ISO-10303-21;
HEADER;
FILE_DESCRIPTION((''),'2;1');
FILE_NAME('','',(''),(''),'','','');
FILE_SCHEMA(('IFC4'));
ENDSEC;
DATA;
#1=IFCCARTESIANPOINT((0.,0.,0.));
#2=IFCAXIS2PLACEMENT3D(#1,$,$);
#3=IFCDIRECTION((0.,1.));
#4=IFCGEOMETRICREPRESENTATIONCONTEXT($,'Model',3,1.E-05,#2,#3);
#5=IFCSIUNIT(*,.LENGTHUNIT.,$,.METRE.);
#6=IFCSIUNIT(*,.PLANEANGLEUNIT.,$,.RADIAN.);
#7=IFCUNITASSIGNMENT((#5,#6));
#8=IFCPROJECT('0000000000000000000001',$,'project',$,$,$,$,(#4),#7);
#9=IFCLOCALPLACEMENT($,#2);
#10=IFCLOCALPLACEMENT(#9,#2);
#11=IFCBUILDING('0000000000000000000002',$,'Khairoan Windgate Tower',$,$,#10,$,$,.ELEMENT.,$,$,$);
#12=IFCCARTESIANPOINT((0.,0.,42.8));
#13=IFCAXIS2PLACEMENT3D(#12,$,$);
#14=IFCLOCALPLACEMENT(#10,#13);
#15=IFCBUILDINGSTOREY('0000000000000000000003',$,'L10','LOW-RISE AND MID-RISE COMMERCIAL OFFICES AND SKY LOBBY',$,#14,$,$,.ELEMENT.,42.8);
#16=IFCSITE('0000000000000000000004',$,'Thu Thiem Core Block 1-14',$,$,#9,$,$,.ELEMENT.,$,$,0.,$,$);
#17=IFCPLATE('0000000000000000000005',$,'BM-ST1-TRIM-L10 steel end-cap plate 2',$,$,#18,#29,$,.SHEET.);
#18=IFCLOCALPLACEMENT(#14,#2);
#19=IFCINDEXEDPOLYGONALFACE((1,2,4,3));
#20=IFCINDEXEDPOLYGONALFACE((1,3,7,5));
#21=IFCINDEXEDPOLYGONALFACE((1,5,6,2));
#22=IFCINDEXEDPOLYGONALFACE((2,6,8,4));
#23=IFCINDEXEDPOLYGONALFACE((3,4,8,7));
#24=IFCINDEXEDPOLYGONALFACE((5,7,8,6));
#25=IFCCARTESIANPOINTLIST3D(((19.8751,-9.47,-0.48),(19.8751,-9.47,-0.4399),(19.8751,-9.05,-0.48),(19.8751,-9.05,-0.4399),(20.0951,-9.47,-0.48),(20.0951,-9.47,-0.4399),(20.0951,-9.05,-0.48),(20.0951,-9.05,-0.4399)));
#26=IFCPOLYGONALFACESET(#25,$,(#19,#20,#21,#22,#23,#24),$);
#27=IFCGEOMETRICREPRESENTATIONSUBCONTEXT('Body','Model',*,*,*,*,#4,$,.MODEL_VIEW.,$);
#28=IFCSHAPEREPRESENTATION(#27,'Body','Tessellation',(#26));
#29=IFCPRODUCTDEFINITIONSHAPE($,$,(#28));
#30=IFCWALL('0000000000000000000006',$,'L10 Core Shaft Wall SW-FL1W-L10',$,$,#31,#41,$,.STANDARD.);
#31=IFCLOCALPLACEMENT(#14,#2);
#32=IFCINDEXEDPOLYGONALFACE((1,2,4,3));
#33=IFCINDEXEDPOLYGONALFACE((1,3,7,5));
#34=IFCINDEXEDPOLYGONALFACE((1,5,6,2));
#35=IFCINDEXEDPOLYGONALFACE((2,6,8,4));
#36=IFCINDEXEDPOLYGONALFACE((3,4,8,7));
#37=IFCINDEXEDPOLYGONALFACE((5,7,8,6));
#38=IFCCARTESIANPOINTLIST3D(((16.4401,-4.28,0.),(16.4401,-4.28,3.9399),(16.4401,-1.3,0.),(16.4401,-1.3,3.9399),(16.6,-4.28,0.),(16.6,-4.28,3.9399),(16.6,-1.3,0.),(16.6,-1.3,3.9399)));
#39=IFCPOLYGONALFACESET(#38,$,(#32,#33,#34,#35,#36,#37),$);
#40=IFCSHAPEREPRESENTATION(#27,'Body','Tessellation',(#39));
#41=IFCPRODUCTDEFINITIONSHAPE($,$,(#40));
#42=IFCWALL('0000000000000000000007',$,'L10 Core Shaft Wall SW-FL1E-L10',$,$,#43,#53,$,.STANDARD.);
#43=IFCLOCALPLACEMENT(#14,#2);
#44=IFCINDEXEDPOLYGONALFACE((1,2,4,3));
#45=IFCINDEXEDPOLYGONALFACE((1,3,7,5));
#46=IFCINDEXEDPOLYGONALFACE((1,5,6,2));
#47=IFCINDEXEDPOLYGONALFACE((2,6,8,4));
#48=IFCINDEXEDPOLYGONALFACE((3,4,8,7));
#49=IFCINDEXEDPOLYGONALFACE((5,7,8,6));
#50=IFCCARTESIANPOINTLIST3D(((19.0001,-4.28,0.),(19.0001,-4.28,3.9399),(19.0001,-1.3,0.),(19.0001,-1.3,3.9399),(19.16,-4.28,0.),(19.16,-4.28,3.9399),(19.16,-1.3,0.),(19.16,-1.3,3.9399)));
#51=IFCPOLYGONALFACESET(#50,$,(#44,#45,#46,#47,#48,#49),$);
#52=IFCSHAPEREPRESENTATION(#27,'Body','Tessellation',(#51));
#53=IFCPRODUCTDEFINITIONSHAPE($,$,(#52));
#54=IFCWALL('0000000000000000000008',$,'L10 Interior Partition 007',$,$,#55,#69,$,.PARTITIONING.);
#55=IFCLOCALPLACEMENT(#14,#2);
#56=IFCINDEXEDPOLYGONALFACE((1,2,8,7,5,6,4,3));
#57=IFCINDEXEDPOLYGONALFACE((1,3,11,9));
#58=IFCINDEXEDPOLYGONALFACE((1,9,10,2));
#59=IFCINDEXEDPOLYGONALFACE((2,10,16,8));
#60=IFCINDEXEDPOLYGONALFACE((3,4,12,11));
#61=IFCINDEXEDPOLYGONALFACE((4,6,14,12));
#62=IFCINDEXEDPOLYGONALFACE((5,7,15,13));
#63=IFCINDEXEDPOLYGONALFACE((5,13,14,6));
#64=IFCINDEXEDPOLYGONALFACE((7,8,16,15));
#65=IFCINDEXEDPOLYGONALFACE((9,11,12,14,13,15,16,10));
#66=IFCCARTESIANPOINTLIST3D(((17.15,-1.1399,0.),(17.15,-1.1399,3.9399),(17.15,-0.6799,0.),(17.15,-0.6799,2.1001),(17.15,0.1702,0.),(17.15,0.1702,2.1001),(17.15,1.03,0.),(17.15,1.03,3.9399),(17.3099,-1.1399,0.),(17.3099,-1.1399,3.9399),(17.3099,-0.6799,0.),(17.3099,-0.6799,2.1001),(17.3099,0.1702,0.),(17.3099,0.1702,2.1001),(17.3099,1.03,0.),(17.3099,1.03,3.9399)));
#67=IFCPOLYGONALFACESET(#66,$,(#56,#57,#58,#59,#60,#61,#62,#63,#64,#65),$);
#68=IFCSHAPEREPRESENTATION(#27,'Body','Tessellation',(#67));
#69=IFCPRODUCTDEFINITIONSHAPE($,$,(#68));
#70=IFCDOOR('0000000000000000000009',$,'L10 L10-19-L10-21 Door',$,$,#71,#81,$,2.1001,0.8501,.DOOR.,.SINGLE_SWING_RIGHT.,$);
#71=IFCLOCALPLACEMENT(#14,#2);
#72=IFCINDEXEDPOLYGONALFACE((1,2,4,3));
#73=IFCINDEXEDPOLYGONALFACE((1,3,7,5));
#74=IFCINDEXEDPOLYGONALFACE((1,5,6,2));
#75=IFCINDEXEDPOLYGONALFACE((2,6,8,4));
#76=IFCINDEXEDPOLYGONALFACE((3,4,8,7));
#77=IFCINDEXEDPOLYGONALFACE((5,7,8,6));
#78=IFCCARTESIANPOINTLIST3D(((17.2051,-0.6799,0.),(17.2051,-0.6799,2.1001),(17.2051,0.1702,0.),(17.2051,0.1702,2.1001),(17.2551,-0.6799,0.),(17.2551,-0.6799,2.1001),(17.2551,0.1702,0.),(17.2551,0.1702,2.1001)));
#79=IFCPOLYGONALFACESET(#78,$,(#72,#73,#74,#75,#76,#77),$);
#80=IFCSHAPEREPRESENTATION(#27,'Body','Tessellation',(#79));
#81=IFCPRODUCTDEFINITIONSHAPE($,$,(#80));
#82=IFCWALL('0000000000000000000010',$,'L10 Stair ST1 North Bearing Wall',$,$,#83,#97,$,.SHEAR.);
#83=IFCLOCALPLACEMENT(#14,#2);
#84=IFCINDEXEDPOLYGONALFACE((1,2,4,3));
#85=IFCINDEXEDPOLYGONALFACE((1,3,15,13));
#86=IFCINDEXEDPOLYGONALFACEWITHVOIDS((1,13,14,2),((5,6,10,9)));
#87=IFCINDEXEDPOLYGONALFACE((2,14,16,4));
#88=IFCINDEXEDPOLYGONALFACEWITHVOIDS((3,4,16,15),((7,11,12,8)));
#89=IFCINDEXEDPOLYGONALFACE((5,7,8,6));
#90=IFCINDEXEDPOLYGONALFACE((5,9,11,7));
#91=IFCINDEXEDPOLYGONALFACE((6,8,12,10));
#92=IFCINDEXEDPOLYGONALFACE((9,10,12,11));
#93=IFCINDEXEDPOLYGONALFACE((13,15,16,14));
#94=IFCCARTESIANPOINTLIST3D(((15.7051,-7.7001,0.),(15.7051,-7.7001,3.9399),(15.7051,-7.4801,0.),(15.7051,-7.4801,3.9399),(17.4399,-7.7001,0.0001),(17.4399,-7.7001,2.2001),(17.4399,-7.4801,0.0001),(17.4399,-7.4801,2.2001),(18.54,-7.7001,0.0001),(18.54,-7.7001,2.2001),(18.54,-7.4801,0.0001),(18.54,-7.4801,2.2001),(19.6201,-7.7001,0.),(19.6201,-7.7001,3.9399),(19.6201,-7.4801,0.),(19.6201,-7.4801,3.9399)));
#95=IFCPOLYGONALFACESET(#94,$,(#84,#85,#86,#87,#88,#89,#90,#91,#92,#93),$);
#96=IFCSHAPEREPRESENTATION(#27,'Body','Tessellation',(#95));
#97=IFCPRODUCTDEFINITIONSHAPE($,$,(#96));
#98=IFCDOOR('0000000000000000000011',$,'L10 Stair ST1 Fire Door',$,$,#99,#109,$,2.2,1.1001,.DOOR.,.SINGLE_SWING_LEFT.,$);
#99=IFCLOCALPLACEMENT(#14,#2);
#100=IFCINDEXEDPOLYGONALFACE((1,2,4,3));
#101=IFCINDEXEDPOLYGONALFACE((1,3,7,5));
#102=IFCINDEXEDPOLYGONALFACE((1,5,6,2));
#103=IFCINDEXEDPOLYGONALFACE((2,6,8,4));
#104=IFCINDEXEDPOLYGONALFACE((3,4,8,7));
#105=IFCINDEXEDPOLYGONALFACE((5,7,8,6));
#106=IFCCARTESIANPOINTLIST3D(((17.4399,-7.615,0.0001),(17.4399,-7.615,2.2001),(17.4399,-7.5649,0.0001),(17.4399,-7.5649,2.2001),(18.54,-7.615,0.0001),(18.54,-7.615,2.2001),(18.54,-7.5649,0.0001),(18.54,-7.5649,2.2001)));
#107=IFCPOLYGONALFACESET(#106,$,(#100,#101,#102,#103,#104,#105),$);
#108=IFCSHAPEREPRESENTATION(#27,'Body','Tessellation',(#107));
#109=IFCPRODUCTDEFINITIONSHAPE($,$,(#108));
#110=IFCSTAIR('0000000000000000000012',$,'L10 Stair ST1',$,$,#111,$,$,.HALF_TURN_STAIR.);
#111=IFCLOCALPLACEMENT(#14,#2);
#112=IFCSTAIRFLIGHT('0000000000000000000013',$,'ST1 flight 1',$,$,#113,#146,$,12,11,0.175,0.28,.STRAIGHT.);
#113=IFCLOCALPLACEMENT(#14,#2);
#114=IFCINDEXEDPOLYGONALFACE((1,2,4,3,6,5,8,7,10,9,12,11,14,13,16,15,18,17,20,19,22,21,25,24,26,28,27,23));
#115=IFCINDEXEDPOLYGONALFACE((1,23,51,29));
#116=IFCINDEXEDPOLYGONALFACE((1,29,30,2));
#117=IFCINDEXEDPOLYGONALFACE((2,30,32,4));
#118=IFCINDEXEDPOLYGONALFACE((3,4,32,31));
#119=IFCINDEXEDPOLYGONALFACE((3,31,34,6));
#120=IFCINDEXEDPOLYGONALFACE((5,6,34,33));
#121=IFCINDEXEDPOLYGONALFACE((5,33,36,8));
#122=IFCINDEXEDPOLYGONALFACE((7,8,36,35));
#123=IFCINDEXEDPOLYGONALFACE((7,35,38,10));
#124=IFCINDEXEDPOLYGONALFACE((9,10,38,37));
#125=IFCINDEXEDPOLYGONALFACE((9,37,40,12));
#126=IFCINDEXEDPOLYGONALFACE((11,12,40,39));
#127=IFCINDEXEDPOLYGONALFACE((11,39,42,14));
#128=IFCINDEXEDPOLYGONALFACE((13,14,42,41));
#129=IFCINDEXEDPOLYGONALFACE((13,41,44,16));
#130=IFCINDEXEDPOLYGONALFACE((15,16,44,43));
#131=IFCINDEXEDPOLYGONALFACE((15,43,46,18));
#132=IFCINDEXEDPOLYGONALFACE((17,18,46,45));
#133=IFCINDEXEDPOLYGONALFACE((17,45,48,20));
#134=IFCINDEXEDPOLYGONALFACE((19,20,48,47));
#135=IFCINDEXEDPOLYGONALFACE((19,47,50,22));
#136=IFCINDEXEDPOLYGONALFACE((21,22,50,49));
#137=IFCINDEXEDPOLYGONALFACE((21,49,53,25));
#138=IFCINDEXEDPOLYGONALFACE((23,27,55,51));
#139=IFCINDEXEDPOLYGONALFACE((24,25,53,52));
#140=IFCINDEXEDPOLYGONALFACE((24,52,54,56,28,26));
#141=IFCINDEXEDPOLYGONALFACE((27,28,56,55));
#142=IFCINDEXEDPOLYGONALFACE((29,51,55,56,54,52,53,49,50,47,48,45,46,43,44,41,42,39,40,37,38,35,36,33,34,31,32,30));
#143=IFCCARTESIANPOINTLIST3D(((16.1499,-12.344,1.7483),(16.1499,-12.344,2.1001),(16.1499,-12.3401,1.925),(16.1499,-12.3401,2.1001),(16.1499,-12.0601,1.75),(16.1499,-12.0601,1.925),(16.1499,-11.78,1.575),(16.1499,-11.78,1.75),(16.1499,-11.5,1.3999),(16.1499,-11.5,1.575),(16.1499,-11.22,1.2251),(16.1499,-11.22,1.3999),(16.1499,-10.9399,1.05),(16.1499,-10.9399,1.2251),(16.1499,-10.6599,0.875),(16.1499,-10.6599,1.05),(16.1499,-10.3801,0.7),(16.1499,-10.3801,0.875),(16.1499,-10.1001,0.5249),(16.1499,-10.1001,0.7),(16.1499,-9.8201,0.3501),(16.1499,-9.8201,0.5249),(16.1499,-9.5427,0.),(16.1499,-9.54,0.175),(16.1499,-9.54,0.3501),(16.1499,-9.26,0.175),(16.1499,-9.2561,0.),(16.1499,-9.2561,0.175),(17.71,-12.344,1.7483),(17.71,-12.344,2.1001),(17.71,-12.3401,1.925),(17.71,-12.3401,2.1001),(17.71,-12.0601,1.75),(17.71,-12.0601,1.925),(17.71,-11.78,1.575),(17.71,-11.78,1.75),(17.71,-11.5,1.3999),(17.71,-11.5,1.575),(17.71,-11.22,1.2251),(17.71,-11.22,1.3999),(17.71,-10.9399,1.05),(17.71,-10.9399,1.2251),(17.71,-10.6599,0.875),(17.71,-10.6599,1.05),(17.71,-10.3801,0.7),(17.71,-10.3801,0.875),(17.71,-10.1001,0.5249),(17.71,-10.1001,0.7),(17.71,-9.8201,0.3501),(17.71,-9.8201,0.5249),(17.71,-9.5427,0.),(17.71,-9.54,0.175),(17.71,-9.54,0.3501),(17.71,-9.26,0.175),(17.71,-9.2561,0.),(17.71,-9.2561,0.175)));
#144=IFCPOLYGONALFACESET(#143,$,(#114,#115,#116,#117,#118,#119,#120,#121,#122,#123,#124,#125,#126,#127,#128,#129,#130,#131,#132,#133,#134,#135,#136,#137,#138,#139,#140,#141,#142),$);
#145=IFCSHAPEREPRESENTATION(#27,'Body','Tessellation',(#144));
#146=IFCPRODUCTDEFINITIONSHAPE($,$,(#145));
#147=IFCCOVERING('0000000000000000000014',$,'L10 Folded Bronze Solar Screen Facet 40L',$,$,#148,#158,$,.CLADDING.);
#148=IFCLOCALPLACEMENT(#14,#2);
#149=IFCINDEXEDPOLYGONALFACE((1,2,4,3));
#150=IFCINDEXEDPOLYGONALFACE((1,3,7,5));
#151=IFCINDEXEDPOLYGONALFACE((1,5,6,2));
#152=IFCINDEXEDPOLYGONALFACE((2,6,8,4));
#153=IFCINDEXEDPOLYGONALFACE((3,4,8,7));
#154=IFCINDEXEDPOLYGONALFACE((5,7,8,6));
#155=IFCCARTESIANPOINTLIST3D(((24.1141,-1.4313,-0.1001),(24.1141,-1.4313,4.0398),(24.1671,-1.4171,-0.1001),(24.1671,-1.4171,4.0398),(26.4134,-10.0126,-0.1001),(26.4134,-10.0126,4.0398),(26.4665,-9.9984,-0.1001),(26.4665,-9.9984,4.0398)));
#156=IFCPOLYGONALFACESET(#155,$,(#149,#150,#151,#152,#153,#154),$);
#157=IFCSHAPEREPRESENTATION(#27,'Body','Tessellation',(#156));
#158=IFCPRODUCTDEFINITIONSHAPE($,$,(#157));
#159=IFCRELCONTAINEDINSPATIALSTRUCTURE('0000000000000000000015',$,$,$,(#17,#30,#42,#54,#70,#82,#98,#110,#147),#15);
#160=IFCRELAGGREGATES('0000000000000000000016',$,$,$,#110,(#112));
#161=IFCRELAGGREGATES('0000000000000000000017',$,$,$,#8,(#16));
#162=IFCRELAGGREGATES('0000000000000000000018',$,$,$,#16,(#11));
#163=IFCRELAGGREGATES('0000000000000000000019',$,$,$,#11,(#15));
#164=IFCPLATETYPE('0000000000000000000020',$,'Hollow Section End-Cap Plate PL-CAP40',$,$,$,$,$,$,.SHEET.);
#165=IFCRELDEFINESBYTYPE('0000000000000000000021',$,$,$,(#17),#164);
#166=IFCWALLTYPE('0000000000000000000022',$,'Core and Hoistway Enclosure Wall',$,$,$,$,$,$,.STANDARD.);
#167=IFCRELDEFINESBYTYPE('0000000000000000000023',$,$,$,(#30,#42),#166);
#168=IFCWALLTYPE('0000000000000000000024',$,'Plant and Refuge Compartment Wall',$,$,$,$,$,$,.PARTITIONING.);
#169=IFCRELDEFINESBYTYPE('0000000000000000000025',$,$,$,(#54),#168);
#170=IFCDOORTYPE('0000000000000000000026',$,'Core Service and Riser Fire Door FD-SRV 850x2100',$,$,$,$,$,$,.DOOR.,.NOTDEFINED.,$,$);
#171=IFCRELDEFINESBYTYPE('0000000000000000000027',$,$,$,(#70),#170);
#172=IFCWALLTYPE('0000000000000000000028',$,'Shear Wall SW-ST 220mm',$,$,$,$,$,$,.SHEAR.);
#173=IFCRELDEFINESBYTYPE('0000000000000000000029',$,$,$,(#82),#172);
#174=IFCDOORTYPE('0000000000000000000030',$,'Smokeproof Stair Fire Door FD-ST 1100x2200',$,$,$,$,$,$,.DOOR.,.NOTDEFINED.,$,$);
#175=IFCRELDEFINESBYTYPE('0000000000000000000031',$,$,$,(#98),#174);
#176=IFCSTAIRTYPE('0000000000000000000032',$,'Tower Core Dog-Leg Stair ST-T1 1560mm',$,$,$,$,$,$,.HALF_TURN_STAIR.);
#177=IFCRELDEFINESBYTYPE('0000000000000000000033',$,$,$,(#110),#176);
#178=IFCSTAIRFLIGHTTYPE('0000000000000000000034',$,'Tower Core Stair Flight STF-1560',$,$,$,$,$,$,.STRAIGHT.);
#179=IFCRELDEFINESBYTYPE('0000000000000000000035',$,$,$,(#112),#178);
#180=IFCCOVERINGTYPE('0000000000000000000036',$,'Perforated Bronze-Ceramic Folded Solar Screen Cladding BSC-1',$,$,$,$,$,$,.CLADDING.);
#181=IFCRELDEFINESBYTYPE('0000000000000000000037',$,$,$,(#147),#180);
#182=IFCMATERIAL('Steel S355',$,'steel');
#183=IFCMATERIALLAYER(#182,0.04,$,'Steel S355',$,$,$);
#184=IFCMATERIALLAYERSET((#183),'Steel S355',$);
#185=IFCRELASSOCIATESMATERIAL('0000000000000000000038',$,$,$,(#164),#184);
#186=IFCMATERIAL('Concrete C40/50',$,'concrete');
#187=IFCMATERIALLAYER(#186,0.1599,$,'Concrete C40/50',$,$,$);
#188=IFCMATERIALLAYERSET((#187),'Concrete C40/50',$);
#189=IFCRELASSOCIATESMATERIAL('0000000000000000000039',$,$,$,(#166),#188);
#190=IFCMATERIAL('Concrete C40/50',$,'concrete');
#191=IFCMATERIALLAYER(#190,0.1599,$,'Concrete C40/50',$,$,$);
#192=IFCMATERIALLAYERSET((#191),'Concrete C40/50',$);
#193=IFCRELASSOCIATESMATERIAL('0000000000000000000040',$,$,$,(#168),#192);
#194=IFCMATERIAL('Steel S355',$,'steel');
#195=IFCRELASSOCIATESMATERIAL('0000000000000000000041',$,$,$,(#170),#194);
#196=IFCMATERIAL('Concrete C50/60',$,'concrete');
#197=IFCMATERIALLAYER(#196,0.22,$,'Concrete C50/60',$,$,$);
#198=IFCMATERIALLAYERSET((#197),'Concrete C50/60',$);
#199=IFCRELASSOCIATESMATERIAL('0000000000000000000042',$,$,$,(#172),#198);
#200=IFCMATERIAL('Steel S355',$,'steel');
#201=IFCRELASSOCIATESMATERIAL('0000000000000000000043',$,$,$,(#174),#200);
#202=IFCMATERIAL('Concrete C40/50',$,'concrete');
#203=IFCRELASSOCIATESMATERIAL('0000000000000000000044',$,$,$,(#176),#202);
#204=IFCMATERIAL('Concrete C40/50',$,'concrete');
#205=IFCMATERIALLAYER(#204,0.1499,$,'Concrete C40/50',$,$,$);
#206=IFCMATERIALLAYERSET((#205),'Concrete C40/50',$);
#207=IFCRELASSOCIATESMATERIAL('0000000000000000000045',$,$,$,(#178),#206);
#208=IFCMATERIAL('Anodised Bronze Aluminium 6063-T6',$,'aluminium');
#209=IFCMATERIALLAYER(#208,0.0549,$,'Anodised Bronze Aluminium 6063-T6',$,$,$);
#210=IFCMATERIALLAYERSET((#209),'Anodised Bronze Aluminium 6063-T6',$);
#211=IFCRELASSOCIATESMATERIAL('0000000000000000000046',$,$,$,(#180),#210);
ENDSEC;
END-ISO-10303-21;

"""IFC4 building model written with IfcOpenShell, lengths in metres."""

from ifc_helpers import new_model, si_unit, direction, frame, frame_2d, origin, origin_2d, place, context, subcontext, project, spatial, polyline, rectangle, outline, extrude, material, layer, layer_set, type_object, element, fill, aggregate, save


model = new_model("IFC4")

# Units and contexts
model_context = context("Model", 3, precision=1e-05, world=origin(), true_north=direction((0.0, 1.0)))
body_context = subcontext(model_context, "Body", "Model", "MODEL_VIEW")
ifc_project = project(units=[si_unit("LENGTHUNIT", "METRE"), si_unit("PLANEANGLEUNIT", "RADIAN")], contexts=[model_context])

# Site, building, storey
site_placement = place(None, origin())
site = spatial("IfcSite", under=ifc_project, at=site_placement, Name="Thu Thiem Core Block 1-14", CompositionType="ELEMENT", RefElevation=0.0)
building_placement = place(site_placement, origin())
building = spatial("IfcBuilding", under=site, at=building_placement, Name="Khairoan Windgate Tower", CompositionType="ELEMENT")
storey_placement = place(building_placement, frame((0.0, 0.0, 42.8)))
storey = spatial("IfcBuildingStorey", under=building, at=storey_placement, Name="L10", Description="LOW-RISE AND MID-RISE COMMERCIAL OFFICES AND SKY LOBBY", CompositionType="ELEMENT", Elevation=42.8)

# Plate
ifc_material_1 = material(Name="Steel S355", Category="steel")
ifc_layer_1 = layer(ifc_material_1, 0.04, Name="Steel S355")
ifc_layer_set_1 = layer_set([ifc_layer_1], Name="Steel S355")
plate_type = type_object("IfcPlateType", Name="Hollow Section End-Cap Plate PL-CAP40", PredefinedType="SHEET", material=ifc_layer_set_1)
for number, where, z_axis, x_axis, name in (
    (1, (19.9851, -9.26, -0.48), (0.0, 0.0, 1.0), (1.0, 0.0, 0.0), "BM-ST1-TRIM-L10 steel end-cap plate 2"),
):
    element("IfcPlate", number, at=place(storey_placement, frame(where, z_axis=z_axis, x_axis=x_axis)), inside=storey, type_object=plate_type, Name=name, PredefinedType="SHEET", context=body_context, shape_type="SweptSolid", body=[
        extrude(rectangle(XDim=0.22, YDim=0.4199, at=origin_2d()), origin(), (0.0, 0.0, 1.0), 0.04),
    ])

# Walls
ifc_material_2 = material(Name="Concrete C40/50", Category="concrete")
ifc_layer_2 = layer(ifc_material_2, 0.1599, Name="Concrete C40/50")
ifc_layer_set_2 = layer_set([ifc_layer_2], Name="Concrete C40/50")
wall_type_1 = type_object("IfcWallType", Name="Core and Hoistway Enclosure Wall", PredefinedType="STANDARD", material=ifc_layer_set_2)
for number, where, z_axis, x_axis, name in (
    (2, (16.52, -4.28, 0.0), (0.0, 0.0, 1.0), (0.0, 1.0, 0.0), "L10 Core Shaft Wall SW-FL1W-L10"),
    (3, (19.0801, -4.28, 0.0), (0.0, 0.0, 1.0), (0.0, 1.0, 0.0), "L10 Core Shaft Wall SW-FL1E-L10"),
):
    element("IfcWall", number, at=place(storey_placement, frame(where, z_axis=z_axis, x_axis=x_axis)), inside=storey, type_object=wall_type_1, Name=name, PredefinedType="STANDARD", context=body_context, shape_type="SweptSolid", body=[
        extrude(rectangle(XDim=2.98, YDim=0.1599, at=frame_2d((1.49, 0.0))), origin(), (0.0, 0.0, 1.0), 3.9399),
    ])

# Walls, openings, doors
ifc_material_3 = material(Name="Concrete C40/50", Category="concrete")
ifc_layer_3 = layer(ifc_material_3, 0.1599, Name="Concrete C40/50")
ifc_layer_set_3 = layer_set([ifc_layer_3], Name="Concrete C40/50")
wall_type_2 = type_object("IfcWallType", Name="Plant and Refuge Compartment Wall", PredefinedType="PARTITIONING", material=ifc_layer_set_3)
wall_1_placement = place(storey_placement, frame((17.23, -1.1399, 0.0), z_axis=(0.0, 0.0, 1.0), x_axis=(0.0, 1.0, 0.0)))
wall_1 = element("IfcWall", 4, at=wall_1_placement, inside=storey, type_object=wall_type_2, Name="L10 Interior Partition 007", PredefinedType="PARTITIONING", context=body_context, shape_type="SweptSolid", body=[
    extrude(rectangle(XDim=2.1699, YDim=0.1599, at=frame_2d((1.085, 0.0))), origin(), (0.0, 0.0, 1.0), 3.9399),
])
opening_1_placement = place(wall_1_placement, frame((0.46, 0.0, 0.0)))
opening_1 = element("IfcOpeningElement", 5, at=opening_1_placement, cuts=wall_1, PredefinedType="OPENING", context=body_context, shape_type="SweptSolid", body=[
    extrude(rectangle(XDim=0.8501, YDim=2.1001, at=frame_2d((0.425, 1.05))), frame((0.0, 0.0898, 0.0), z_axis=(0.0, -1.0, 0.0), x_axis=(1.0, 0.0, 0.0)), (0.0, 0.0, 1.0), 0.1799),
])
ifc_material_4 = material(Name="Steel S355", Category="steel")
door_type_1 = type_object("IfcDoorType", Name="Core Service and Riser Fire Door FD-SRV 850x2100", OperationType="NOTDEFINED", PredefinedType="DOOR", material=ifc_material_4)
door_1_placement = place(opening_1_placement, origin())
door_1 = element("IfcDoor", 6, at=door_1_placement, inside=storey, type_object=door_type_1, Name="L10 L10-19-L10-21 Door", OperationType="SINGLE_SWING_RIGHT", OverallHeight=2.1001, OverallWidth=0.8501, PredefinedType="DOOR", context=body_context, shape_type="SweptSolid", body=[
    extrude(rectangle(XDim=0.8501, YDim=2.1001, at=frame_2d((0.425, 1.05))), frame((0.0, 0.0249, 0.0), z_axis=(0.0, -1.0, 0.0), x_axis=(1.0, 0.0, 0.0)), (0.0, 0.0, 1.0), 0.05),
])
fill(opening_1, door_1)
ifc_material_5 = material(Name="Concrete C50/60", Category="concrete")
ifc_layer_4 = layer(ifc_material_5, 0.22, Name="Concrete C50/60")
ifc_layer_set_4 = layer_set([ifc_layer_4], Name="Concrete C50/60")
wall_type_3 = type_object("IfcWallType", Name="Shear Wall SW-ST 220mm", PredefinedType="SHEAR", material=ifc_layer_set_4)
wall_2_placement = place(storey_placement, frame((19.6201, -7.5901, 0.0), z_axis=(0.0, 0.0, 1.0), x_axis=(-1.0, 0.0, 0.0)))
wall_2 = element("IfcWall", 7, at=wall_2_placement, inside=storey, type_object=wall_type_3, Name="L10 Stair ST1 North Bearing Wall", PredefinedType="SHEAR", context=body_context, shape_type="SweptSolid", body=[
    extrude(rectangle(XDim=3.915, YDim=0.22, at=frame_2d((1.9575, 0.0))), origin(), (0.0, 0.0, 1.0), 3.9399),
])
opening_2_placement = place(wall_2_placement, frame((1.0801, 0.0, 0.0)))
opening_2 = element("IfcOpeningElement", 8, at=opening_2_placement, cuts=wall_2, PredefinedType="OPENING", context=body_context, shape_type="SweptSolid", body=[
    extrude(rectangle(XDim=1.1001, YDim=2.2, at=frame_2d((0.55, 1.1001))), frame((0.0, 0.1199, 0.0), z_axis=(0.0, -1.0, 0.0), x_axis=(1.0, 0.0, 0.0)), (0.0, 0.0, 1.0), 0.24),
])
ifc_material_6 = material(Name="Steel S355", Category="steel")
door_type_2 = type_object("IfcDoorType", Name="Smokeproof Stair Fire Door FD-ST 1100x2200", OperationType="NOTDEFINED", PredefinedType="DOOR", material=ifc_material_6)
door_2_placement = place(opening_2_placement, origin())
door_2 = element("IfcDoor", 9, at=door_2_placement, inside=storey, type_object=door_type_2, Name="L10 Stair ST1 Fire Door", OperationType="SINGLE_SWING_LEFT", OverallHeight=2.2, OverallWidth=1.1001, PredefinedType="DOOR", context=body_context, shape_type="SweptSolid", body=[
    extrude(rectangle(XDim=1.1001, YDim=2.2, at=frame_2d((0.55, 1.1001))), frame((0.0, 0.0249, 0.0), z_axis=(0.0, -1.0, 0.0), x_axis=(1.0, 0.0, 0.0)), (0.0, 0.0, 1.0), 0.05),
])
fill(opening_2, door_2)

# Stair, stair flight
ifc_material_7 = material(Name="Concrete C40/50", Category="concrete")
stair_type = type_object("IfcStairType", Name="Tower Core Dog-Leg Stair ST-T1 1560mm", PredefinedType="HALF_TURN_STAIR", material=ifc_material_7)
stair_placement = place(storey_placement, origin())
stair = element("IfcStair", 10, at=stair_placement, inside=storey, type_object=stair_type, Name="L10 Stair ST1", PredefinedType="HALF_TURN_STAIR")
ifc_material_8 = material(Name="Concrete C40/50", Category="concrete")
ifc_layer_5 = layer(ifc_material_8, 0.1499, Name="Concrete C40/50")
ifc_layer_set_5 = layer_set([ifc_layer_5], Name="Concrete C40/50")
stair_flight_type = type_object("IfcStairFlightType", Name="Tower Core Stair Flight STF-1560", PredefinedType="STRAIGHT", material=ifc_layer_set_5)
stair_flight_placement = place(storey_placement, frame((16.9299, -9.26, 0.0), z_axis=(0.0, 0.0, 1.0), x_axis=(0.0, -1.0, 0.0)))
stair_flight = element("IfcStairFlight", 11, at=stair_flight_placement, type_object=stair_flight_type, Name="ST1 flight 1", NumberOfRisers=12, NumberOfTreads=11, PredefinedType="STRAIGHT", RiserHeight=0.175, TreadLength=0.28, context=body_context, shape_type="SweptSolid", body=[
    extrude(outline(polyline([(-0.0039, 0.0), (-0.0039, 0.175), (0.0, 0.175), (0.28, 0.175), (0.28, 0.3501), (0.5601, 0.3501), (0.5601, 0.5249), (0.8401, 0.5249), (0.8401, 0.7), (1.1201, 0.7), (1.1201, 0.875), (1.3999, 0.875), (1.3999, 1.05), (1.6799, 1.05), (1.6799, 1.2251), (1.96, 1.2251), (1.96, 1.3999), (2.24, 1.3999), (2.24, 1.575), (2.52, 1.575), (2.52, 1.75), (2.8, 1.75), (2.8, 1.925), (3.0801, 1.925), (3.0801, 2.1001), (3.084, 2.1001), (3.084, 1.7483), (0.2827, 0.0), (-0.0039, 0.0)])), frame((0.0, 0.78, 0.0), z_axis=(0.0, -1.0, 0.0), x_axis=(1.0, 0.0, 0.0)), (0.0, 0.0, 1.0), 1.5601),
])
aggregate(stair, [stair_flight])

# Covering
ifc_material_9 = material(Name="Anodised Bronze Aluminium 6063-T6", Category="aluminium")
ifc_layer_6 = layer(ifc_material_9, 0.0549, Name="Anodised Bronze Aluminium 6063-T6")
ifc_layer_set_6 = layer_set([ifc_layer_6], Name="Anodised Bronze Aluminium 6063-T6")
covering_type = type_object("IfcCoveringType", Name="Perforated Bronze-Ceramic Folded Solar Screen Cladding BSC-1", PredefinedType="CLADDING", material=ifc_layer_set_6)
covering_placement = place(storey_placement, frame((25.2903, -5.7148, -0.1001), z_axis=(0.0, 0.0, 1.0), x_axis=(0.258819, -0.965926, 0.0)))
element("IfcCovering", 12, at=covering_placement, inside=storey, type_object=covering_type, Name="L10 Folded Bronze Solar Screen Facet 40L", PredefinedType="CLADDING", context=body_context, shape_type="SweptSolid", body=[
    extrude(rectangle(XDim=8.884, YDim=0.0549, at=origin_2d()), origin(), (0.0, 0.0, 1.0), 4.1399),
])

save(model, "model.ifc")
